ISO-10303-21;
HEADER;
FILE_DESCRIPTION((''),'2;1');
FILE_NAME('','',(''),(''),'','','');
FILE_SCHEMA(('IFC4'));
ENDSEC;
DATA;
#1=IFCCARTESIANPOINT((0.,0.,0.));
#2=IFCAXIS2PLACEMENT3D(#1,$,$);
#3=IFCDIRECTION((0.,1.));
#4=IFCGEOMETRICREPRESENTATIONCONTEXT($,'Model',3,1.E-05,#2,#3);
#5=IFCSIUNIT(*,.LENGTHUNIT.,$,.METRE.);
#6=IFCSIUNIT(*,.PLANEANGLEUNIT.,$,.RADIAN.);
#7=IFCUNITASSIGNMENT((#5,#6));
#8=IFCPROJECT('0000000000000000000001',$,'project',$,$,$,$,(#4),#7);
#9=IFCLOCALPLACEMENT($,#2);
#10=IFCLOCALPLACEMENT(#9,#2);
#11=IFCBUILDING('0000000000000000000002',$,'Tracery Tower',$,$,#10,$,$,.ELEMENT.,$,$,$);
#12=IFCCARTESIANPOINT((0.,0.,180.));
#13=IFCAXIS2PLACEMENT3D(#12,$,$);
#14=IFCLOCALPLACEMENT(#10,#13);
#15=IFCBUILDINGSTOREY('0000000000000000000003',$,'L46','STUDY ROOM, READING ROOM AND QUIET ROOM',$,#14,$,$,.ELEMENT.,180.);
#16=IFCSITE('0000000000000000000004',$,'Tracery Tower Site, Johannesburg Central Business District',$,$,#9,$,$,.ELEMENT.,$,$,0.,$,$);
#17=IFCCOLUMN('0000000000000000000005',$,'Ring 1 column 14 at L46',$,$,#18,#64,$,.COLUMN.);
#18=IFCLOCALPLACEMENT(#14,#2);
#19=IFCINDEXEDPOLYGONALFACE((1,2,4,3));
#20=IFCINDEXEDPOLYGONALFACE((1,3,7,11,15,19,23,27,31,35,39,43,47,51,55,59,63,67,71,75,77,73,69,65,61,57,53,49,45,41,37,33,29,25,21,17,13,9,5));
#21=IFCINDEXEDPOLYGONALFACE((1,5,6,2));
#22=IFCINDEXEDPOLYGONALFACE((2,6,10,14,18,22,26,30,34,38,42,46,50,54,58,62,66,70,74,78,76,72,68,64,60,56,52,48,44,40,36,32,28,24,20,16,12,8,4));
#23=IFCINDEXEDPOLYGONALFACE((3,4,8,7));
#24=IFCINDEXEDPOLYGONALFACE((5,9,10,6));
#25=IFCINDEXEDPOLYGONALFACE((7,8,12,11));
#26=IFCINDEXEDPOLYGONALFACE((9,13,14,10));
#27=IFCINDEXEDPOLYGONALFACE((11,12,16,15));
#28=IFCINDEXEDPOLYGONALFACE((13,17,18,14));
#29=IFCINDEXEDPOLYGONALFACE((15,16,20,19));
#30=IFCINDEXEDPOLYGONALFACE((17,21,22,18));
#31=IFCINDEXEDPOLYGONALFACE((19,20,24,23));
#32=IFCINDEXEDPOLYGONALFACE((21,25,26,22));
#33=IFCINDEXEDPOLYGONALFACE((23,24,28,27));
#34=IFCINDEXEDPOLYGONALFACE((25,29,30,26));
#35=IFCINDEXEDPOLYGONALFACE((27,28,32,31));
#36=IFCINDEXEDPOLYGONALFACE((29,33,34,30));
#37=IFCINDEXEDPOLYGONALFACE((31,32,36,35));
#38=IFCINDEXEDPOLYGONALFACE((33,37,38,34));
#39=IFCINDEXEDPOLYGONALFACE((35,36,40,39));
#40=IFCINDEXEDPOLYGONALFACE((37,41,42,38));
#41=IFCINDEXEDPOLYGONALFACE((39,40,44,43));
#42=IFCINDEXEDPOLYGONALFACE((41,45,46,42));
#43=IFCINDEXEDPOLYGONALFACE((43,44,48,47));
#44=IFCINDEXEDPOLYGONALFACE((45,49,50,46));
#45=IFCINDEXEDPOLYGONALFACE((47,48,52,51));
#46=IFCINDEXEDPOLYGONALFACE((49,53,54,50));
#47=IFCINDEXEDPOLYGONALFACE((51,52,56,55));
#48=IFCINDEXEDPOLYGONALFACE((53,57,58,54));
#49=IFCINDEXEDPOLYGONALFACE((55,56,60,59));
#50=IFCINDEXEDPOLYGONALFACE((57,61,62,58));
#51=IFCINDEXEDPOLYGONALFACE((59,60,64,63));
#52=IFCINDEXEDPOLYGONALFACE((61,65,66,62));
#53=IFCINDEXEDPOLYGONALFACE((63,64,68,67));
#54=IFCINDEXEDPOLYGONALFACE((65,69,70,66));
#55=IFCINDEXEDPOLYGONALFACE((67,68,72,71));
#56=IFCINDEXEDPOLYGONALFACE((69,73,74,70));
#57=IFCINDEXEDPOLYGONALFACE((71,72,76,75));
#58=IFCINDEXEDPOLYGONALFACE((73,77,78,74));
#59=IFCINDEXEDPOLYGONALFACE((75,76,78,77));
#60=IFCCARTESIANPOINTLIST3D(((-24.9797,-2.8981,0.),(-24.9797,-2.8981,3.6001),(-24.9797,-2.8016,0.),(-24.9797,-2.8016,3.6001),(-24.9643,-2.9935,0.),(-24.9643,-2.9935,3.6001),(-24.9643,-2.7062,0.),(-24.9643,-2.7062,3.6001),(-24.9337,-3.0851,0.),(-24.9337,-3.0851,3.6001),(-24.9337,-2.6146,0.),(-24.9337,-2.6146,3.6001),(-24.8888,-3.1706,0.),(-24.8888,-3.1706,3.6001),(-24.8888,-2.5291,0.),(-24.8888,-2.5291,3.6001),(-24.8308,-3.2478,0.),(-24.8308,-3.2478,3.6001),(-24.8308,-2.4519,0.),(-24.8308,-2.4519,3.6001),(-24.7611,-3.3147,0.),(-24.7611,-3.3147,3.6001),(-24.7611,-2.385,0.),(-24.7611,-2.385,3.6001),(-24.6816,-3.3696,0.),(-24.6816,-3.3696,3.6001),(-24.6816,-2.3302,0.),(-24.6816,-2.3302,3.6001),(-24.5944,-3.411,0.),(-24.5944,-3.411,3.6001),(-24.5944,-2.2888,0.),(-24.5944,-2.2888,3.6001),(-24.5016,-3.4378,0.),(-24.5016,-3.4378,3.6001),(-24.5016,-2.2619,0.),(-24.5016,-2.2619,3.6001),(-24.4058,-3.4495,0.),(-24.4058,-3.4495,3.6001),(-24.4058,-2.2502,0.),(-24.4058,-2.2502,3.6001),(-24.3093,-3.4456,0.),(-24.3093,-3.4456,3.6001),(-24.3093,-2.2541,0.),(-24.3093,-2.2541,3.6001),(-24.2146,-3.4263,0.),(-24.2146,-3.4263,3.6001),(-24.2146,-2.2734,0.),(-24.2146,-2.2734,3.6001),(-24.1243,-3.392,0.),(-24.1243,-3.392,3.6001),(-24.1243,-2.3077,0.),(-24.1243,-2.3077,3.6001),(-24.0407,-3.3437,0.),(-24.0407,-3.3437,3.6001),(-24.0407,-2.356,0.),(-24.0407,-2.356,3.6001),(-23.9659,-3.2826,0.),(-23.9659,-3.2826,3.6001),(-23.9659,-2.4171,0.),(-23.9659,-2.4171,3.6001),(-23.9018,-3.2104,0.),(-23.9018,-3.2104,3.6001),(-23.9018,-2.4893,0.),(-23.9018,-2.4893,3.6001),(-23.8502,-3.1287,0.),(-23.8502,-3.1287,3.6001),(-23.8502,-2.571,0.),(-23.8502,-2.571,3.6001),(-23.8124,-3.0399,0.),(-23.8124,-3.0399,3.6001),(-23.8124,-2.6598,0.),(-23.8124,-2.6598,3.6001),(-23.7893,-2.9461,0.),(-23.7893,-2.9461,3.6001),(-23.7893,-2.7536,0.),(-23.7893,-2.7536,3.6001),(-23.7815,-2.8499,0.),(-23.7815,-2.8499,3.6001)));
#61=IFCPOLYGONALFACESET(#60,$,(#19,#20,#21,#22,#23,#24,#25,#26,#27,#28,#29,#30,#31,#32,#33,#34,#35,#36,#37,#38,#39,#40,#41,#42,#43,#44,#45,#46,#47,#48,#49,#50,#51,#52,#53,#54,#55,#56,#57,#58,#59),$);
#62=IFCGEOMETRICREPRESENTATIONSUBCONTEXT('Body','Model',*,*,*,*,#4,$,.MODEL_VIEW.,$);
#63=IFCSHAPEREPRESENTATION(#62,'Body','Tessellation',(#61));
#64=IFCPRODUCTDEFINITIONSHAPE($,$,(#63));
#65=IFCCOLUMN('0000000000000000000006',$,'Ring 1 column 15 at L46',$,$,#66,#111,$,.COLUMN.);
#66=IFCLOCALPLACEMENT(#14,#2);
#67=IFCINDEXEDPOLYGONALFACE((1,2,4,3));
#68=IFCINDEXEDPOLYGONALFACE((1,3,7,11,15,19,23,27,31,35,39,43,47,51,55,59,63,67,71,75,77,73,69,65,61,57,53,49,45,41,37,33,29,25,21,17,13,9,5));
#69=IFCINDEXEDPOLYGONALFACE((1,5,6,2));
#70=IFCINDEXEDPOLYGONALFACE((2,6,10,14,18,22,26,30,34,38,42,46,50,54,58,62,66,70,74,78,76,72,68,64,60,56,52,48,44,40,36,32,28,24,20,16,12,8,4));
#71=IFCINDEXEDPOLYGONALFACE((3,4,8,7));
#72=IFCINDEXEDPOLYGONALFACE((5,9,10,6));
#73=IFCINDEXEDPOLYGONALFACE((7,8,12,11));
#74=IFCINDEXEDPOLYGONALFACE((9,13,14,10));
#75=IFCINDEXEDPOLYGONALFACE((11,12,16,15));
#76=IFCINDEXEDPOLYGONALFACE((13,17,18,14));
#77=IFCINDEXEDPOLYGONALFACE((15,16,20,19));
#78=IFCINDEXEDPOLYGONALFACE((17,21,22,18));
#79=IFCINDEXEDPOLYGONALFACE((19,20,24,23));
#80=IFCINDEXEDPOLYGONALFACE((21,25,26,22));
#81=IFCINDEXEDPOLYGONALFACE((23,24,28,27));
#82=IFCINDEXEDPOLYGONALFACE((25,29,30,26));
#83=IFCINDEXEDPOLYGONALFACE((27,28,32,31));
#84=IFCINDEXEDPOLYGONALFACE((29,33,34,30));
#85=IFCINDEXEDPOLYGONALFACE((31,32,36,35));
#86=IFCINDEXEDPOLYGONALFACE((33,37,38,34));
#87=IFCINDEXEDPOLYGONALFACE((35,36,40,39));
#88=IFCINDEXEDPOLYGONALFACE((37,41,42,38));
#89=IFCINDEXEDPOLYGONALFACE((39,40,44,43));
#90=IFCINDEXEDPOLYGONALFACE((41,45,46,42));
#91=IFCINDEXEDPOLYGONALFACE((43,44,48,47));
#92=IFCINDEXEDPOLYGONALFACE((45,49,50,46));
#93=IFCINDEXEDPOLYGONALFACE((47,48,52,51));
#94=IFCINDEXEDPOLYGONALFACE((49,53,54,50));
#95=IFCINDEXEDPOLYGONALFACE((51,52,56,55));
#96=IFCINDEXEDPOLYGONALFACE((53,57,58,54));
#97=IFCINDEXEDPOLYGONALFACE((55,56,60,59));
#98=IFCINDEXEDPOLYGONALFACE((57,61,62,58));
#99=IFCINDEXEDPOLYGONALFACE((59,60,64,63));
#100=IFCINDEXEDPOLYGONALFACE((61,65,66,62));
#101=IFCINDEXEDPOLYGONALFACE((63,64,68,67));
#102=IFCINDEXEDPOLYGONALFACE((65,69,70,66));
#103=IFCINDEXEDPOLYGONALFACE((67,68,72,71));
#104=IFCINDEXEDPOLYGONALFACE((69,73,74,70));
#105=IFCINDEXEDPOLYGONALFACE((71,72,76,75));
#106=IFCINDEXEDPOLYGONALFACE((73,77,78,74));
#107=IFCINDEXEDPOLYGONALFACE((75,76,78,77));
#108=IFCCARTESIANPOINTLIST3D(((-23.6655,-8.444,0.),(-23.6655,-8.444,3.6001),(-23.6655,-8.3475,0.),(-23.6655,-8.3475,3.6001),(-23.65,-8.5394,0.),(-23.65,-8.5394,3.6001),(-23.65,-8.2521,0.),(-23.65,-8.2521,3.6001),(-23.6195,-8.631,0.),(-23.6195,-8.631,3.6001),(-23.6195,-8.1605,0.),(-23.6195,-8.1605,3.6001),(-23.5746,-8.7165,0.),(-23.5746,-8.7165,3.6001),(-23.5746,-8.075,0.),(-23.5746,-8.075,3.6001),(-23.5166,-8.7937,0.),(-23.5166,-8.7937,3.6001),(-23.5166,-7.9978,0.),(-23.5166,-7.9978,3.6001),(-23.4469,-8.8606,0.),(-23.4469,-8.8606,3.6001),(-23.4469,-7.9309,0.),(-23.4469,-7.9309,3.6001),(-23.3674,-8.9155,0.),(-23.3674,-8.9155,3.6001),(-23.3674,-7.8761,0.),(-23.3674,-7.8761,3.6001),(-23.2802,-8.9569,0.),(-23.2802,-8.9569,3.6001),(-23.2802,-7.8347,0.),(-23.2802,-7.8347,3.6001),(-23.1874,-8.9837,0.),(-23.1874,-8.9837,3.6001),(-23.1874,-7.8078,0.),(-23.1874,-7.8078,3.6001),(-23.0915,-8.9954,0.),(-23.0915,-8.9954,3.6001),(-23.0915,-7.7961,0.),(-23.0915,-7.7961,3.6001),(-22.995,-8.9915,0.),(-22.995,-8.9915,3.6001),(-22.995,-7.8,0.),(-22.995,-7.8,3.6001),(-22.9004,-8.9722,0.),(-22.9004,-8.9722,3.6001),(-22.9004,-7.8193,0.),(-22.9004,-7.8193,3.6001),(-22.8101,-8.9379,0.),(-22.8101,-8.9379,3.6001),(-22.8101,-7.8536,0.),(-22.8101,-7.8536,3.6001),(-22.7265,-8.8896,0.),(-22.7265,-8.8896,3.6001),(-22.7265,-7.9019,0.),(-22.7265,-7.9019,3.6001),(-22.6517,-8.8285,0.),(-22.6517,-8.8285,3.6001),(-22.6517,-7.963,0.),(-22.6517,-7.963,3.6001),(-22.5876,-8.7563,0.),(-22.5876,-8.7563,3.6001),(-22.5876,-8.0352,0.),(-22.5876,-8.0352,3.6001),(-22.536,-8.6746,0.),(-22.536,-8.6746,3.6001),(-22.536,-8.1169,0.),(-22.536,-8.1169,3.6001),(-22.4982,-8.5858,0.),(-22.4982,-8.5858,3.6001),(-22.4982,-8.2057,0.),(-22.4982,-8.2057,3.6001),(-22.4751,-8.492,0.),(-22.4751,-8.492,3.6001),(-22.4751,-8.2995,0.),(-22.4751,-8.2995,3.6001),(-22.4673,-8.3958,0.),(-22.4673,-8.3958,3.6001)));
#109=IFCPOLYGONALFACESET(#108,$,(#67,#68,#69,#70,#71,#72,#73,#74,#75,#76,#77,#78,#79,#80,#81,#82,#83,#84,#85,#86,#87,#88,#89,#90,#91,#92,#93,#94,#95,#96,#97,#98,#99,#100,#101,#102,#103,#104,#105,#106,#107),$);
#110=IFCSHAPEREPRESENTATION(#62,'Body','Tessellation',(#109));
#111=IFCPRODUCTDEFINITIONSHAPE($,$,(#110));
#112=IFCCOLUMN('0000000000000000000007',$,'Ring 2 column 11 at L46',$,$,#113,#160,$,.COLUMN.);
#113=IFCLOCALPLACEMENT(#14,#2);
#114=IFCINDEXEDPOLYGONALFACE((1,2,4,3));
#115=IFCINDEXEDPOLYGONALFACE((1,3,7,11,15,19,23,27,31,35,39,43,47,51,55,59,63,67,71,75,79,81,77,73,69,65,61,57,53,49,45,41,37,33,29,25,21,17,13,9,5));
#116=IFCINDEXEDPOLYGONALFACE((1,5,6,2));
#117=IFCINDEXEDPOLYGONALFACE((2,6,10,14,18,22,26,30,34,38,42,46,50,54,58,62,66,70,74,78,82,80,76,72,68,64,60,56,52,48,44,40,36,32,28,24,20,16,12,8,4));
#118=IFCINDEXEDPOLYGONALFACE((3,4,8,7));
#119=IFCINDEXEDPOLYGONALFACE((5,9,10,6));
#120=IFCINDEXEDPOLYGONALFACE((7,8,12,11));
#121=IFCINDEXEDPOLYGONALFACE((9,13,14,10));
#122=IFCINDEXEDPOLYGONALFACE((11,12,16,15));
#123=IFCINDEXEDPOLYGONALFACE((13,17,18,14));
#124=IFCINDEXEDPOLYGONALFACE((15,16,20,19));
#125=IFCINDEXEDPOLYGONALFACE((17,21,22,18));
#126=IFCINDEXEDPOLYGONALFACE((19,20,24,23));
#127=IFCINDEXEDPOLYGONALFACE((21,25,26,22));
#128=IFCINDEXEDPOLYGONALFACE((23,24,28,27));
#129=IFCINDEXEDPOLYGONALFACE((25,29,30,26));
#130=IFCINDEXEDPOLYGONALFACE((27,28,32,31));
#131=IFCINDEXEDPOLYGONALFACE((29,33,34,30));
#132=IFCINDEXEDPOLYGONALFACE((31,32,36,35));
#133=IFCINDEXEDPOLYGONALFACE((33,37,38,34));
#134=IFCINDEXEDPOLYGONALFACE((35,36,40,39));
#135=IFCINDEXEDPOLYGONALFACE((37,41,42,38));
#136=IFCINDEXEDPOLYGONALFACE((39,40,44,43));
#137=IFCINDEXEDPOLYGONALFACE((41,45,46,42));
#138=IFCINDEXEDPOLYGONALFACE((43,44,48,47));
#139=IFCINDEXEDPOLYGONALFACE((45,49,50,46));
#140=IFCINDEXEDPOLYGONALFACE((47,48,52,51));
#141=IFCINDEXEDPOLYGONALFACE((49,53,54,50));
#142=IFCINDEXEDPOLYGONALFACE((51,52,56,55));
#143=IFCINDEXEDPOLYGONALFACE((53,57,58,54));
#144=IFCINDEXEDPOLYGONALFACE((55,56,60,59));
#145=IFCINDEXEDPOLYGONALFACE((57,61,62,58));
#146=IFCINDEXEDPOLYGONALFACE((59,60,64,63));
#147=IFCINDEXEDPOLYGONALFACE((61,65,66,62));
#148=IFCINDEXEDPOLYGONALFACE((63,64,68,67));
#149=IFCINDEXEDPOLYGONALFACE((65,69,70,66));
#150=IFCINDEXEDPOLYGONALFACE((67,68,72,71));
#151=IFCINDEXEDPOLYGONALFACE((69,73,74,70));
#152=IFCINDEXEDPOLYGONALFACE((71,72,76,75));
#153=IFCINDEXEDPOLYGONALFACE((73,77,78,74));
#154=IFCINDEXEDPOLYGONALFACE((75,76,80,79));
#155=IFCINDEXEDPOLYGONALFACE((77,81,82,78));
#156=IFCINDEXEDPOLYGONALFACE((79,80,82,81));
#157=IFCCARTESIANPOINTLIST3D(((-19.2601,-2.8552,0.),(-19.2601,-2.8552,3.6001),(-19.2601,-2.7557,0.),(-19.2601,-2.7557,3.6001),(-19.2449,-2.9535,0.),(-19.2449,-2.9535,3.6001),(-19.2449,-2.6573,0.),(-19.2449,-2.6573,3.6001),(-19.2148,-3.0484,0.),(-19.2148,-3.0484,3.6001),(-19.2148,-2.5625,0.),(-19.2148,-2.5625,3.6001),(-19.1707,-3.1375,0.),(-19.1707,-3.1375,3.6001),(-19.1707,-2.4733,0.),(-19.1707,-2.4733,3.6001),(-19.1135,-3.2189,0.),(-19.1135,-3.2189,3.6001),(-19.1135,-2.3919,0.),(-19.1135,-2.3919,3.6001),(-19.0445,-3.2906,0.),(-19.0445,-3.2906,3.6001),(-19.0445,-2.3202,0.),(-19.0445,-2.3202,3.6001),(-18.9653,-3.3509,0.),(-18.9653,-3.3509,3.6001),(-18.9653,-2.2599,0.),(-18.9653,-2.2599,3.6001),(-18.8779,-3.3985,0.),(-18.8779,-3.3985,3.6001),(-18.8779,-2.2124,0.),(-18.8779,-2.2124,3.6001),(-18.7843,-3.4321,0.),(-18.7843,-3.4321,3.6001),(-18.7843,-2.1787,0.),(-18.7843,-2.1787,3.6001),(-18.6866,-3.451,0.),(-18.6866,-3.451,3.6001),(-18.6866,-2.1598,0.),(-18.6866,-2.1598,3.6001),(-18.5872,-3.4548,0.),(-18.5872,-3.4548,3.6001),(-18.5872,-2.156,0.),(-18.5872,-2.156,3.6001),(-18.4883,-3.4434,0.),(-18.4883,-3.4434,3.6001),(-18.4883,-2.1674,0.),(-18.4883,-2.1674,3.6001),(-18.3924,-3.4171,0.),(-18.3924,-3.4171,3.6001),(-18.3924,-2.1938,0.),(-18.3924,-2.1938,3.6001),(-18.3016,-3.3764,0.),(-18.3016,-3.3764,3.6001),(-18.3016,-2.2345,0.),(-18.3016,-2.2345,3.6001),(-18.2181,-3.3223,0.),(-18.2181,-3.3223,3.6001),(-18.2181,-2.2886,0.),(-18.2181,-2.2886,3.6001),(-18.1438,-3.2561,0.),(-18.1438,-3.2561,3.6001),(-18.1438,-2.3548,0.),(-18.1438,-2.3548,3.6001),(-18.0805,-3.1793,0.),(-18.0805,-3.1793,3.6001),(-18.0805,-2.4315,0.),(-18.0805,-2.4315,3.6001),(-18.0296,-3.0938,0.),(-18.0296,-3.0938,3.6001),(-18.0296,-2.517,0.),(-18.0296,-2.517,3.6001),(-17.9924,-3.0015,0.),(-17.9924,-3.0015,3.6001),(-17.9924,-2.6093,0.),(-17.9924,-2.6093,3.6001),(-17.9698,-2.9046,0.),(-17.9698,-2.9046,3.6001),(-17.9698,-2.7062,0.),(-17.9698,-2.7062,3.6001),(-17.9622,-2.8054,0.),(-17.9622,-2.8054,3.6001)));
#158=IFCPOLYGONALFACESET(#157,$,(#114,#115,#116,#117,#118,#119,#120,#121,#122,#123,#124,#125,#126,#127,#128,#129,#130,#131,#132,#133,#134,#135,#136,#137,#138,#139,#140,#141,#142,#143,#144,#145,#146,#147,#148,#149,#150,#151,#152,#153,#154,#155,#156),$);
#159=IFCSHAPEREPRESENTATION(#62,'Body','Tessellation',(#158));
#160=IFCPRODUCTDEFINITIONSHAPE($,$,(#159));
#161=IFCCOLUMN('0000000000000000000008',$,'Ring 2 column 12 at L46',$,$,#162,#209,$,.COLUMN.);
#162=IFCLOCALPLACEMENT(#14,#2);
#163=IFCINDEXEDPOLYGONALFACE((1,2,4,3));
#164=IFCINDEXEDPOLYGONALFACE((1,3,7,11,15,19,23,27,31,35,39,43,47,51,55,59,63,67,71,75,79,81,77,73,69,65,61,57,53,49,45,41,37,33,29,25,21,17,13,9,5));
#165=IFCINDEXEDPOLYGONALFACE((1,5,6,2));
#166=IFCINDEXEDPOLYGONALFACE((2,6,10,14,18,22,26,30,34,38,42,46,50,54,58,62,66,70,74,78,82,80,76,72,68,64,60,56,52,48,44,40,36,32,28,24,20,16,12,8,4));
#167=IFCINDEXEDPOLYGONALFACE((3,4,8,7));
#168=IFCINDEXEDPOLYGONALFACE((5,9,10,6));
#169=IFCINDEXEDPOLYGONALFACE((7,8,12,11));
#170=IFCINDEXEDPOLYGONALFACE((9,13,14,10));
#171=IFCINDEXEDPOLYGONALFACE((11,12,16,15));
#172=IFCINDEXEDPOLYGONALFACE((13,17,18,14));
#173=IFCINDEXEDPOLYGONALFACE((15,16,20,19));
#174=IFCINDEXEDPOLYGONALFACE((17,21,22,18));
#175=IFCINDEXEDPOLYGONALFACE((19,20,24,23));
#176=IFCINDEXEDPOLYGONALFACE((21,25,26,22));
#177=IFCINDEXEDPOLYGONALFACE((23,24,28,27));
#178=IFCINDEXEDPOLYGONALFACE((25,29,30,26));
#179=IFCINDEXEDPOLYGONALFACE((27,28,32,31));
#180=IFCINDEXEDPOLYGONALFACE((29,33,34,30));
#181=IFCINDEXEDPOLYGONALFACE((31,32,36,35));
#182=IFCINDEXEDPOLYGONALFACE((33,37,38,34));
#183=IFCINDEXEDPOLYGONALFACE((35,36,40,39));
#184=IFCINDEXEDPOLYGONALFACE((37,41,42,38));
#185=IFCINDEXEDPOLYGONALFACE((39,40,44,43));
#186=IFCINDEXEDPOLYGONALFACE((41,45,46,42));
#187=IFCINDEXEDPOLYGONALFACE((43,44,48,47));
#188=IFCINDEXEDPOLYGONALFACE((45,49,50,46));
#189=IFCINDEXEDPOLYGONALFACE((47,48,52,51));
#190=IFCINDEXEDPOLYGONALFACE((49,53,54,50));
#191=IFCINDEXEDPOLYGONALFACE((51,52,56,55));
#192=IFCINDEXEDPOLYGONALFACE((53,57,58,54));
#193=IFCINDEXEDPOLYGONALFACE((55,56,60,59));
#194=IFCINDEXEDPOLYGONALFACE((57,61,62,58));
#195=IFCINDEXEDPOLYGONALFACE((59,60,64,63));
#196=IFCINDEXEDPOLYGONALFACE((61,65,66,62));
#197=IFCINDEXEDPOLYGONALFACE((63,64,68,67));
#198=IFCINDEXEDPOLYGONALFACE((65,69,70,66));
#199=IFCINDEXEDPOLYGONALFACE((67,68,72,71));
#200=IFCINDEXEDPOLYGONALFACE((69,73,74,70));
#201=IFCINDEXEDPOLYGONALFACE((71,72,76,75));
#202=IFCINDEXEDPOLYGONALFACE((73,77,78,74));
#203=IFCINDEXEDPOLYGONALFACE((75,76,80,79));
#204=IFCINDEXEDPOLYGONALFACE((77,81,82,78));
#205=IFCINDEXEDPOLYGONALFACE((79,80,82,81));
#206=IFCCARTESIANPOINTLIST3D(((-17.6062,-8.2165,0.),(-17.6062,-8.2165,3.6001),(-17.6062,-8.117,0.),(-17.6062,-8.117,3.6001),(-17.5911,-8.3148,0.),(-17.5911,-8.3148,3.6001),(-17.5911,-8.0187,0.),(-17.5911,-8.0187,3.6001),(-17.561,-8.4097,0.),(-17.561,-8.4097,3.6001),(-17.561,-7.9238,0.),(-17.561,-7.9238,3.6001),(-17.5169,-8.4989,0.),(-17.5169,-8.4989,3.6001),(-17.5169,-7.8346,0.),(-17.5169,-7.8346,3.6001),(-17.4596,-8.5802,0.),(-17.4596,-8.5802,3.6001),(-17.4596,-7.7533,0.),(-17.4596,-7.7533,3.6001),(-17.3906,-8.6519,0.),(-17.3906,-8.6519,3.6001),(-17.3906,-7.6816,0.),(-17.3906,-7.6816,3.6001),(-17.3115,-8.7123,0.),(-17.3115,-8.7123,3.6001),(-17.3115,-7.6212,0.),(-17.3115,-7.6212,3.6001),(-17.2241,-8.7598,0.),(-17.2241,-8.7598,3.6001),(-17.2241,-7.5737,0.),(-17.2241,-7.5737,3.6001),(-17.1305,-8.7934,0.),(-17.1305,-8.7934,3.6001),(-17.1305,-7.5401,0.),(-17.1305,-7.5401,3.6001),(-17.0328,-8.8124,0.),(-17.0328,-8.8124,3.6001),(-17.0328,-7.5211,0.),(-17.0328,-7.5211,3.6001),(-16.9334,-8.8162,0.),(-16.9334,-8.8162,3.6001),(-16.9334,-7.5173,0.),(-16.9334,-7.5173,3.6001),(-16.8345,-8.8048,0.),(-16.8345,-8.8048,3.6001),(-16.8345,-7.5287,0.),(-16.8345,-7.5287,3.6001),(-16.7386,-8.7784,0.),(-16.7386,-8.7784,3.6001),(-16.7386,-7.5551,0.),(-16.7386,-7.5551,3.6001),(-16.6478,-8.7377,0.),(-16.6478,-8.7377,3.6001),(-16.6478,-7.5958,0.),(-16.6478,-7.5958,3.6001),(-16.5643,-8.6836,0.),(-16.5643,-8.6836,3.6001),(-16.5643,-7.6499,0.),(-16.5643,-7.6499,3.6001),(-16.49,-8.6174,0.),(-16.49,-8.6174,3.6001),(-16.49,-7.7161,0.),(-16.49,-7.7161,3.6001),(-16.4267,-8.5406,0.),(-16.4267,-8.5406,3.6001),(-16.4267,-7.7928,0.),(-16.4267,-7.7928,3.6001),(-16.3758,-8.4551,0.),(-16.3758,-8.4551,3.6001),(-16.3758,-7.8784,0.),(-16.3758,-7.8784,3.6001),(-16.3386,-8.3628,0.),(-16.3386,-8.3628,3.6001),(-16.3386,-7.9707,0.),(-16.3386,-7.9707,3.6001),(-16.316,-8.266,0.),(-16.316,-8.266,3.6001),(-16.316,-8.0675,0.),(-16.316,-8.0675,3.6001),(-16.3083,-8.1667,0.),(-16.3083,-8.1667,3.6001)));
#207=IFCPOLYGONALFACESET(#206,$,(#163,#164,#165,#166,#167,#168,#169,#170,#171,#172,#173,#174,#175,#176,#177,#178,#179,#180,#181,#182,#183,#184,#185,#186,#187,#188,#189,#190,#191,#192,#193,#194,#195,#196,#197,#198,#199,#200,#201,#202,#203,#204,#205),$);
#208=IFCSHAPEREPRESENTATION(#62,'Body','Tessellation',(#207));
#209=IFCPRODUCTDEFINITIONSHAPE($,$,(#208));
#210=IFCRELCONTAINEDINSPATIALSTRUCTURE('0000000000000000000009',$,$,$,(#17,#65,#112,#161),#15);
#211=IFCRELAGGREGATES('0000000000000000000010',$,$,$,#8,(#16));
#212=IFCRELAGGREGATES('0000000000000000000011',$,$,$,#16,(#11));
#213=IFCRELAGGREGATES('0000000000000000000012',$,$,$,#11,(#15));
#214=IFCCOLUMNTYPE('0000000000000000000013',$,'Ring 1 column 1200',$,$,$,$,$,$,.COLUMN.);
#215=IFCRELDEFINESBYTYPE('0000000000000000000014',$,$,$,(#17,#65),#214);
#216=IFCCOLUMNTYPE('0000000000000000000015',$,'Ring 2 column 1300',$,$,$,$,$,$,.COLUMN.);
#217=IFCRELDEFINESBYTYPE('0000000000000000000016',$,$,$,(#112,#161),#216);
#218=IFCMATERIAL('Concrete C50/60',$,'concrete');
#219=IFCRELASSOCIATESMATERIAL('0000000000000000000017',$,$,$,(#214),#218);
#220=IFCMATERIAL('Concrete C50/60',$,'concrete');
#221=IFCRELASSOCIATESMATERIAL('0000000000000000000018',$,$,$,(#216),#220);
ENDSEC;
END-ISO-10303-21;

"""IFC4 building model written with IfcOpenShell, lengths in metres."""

from ifc_helpers import new_model, si_unit, direction, frame, origin, origin_2d, place, context, subcontext, project, spatial, circle, extrude, material, material_profile, profile_set, type_object, element, save


model = new_model("IFC4")

# Units and contexts
model_context = context("Model", 3, precision=1e-05, world=origin(), true_north=direction((0.0, 1.0)))
body_context = subcontext(model_context, "Body", "Model", "MODEL_VIEW")
ifc_project = project(units=[si_unit("LENGTHUNIT", "METRE"), si_unit("PLANEANGLEUNIT", "RADIAN")], contexts=[model_context])

# Site, building, storey
site_placement = place(None, origin())
site = spatial("IfcSite", under=ifc_project, at=site_placement, Name="Tracery Tower Site, Johannesburg Central Business District", CompositionType="ELEMENT", RefElevation=0.0)
building_placement = place(site_placement, origin())
building = spatial("IfcBuilding", under=site, at=building_placement, Name="Tracery Tower", CompositionType="ELEMENT")
storey_placement = place(building_placement, frame((0.0, 0.0, 180.0)))
storey = spatial("IfcBuildingStorey", under=building, at=storey_placement, Name="L46", Description="STUDY ROOM, READING ROOM AND QUIET ROOM", CompositionType="ELEMENT", Elevation=180.0)

# Columns
ifc_material_1 = material(Name="Concrete C50/60", Category="concrete")
ifc_material_profile_1 = material_profile(ifc_material_1, circle(Radius=0.6001, at=origin_2d()), Name="RC D1200")
ifc_profile_set_1 = profile_set([ifc_material_profile_1], Name="Concrete C50/60")
column_type_1 = type_object("IfcColumnType", Name="Ring 1 column 1200", PredefinedType="COLUMN", material=ifc_profile_set_1)
for number, where, z_axis, x_axis, name in (
    (1, (-24.3816, -2.8499, 0.0), (0.0, 0.0, 1.0), (1.0, 0.0, 0.0), "Ring 1 column 14 at L46"),
    (2, (-23.0674, -8.3958, 0.0), (0.0, 0.0, 1.0), (1.0, 0.0, 0.0), "Ring 1 column 15 at L46"),
):
    element("IfcColumn", number, at=place(storey_placement, frame(where, z_axis=z_axis, x_axis=x_axis)), inside=storey, type_object=column_type_1, Name=name, PredefinedType="COLUMN", context=body_context, shape_type="SweptSolid", body=[
        extrude(circle(Radius=0.6001, at=origin_2d()), origin(), (0.0, 0.0, 1.0), 3.6001),
    ])
ifc_material_2 = material(Name="Concrete C50/60", Category="concrete")
ifc_material_profile_2 = material_profile(ifc_material_2, circle(Radius=0.6499, at=origin_2d()), Name="RC D1300")
ifc_profile_set_2 = profile_set([ifc_material_profile_2], Name="Concrete C50/60")
column_type_2 = type_object("IfcColumnType", Name="Ring 2 column 1300", PredefinedType="COLUMN", material=ifc_profile_set_2)
for number, where, z_axis, x_axis, name in (
    (3, (-18.6121, -2.8054, 0.0), (0.0, 0.0, 1.0), (1.0, 0.0, 0.0), "Ring 2 column 11 at L46"),
    (4, (-16.9583, -8.1667, 0.0), (0.0, 0.0, 1.0), (1.0, 0.0, 0.0), "Ring 2 column 12 at L46"),
):
    element("IfcColumn", number, at=place(storey_placement, frame(where, z_axis=z_axis, x_axis=x_axis)), inside=storey, type_object=column_type_2, Name=name, PredefinedType="COLUMN", context=body_context, shape_type="SweptSolid", body=[
        extrude(circle(Radius=0.6499, at=origin_2d()), origin(), (0.0, 0.0, 1.0), 3.6001),
    ])

save(model, "model.ifc")
